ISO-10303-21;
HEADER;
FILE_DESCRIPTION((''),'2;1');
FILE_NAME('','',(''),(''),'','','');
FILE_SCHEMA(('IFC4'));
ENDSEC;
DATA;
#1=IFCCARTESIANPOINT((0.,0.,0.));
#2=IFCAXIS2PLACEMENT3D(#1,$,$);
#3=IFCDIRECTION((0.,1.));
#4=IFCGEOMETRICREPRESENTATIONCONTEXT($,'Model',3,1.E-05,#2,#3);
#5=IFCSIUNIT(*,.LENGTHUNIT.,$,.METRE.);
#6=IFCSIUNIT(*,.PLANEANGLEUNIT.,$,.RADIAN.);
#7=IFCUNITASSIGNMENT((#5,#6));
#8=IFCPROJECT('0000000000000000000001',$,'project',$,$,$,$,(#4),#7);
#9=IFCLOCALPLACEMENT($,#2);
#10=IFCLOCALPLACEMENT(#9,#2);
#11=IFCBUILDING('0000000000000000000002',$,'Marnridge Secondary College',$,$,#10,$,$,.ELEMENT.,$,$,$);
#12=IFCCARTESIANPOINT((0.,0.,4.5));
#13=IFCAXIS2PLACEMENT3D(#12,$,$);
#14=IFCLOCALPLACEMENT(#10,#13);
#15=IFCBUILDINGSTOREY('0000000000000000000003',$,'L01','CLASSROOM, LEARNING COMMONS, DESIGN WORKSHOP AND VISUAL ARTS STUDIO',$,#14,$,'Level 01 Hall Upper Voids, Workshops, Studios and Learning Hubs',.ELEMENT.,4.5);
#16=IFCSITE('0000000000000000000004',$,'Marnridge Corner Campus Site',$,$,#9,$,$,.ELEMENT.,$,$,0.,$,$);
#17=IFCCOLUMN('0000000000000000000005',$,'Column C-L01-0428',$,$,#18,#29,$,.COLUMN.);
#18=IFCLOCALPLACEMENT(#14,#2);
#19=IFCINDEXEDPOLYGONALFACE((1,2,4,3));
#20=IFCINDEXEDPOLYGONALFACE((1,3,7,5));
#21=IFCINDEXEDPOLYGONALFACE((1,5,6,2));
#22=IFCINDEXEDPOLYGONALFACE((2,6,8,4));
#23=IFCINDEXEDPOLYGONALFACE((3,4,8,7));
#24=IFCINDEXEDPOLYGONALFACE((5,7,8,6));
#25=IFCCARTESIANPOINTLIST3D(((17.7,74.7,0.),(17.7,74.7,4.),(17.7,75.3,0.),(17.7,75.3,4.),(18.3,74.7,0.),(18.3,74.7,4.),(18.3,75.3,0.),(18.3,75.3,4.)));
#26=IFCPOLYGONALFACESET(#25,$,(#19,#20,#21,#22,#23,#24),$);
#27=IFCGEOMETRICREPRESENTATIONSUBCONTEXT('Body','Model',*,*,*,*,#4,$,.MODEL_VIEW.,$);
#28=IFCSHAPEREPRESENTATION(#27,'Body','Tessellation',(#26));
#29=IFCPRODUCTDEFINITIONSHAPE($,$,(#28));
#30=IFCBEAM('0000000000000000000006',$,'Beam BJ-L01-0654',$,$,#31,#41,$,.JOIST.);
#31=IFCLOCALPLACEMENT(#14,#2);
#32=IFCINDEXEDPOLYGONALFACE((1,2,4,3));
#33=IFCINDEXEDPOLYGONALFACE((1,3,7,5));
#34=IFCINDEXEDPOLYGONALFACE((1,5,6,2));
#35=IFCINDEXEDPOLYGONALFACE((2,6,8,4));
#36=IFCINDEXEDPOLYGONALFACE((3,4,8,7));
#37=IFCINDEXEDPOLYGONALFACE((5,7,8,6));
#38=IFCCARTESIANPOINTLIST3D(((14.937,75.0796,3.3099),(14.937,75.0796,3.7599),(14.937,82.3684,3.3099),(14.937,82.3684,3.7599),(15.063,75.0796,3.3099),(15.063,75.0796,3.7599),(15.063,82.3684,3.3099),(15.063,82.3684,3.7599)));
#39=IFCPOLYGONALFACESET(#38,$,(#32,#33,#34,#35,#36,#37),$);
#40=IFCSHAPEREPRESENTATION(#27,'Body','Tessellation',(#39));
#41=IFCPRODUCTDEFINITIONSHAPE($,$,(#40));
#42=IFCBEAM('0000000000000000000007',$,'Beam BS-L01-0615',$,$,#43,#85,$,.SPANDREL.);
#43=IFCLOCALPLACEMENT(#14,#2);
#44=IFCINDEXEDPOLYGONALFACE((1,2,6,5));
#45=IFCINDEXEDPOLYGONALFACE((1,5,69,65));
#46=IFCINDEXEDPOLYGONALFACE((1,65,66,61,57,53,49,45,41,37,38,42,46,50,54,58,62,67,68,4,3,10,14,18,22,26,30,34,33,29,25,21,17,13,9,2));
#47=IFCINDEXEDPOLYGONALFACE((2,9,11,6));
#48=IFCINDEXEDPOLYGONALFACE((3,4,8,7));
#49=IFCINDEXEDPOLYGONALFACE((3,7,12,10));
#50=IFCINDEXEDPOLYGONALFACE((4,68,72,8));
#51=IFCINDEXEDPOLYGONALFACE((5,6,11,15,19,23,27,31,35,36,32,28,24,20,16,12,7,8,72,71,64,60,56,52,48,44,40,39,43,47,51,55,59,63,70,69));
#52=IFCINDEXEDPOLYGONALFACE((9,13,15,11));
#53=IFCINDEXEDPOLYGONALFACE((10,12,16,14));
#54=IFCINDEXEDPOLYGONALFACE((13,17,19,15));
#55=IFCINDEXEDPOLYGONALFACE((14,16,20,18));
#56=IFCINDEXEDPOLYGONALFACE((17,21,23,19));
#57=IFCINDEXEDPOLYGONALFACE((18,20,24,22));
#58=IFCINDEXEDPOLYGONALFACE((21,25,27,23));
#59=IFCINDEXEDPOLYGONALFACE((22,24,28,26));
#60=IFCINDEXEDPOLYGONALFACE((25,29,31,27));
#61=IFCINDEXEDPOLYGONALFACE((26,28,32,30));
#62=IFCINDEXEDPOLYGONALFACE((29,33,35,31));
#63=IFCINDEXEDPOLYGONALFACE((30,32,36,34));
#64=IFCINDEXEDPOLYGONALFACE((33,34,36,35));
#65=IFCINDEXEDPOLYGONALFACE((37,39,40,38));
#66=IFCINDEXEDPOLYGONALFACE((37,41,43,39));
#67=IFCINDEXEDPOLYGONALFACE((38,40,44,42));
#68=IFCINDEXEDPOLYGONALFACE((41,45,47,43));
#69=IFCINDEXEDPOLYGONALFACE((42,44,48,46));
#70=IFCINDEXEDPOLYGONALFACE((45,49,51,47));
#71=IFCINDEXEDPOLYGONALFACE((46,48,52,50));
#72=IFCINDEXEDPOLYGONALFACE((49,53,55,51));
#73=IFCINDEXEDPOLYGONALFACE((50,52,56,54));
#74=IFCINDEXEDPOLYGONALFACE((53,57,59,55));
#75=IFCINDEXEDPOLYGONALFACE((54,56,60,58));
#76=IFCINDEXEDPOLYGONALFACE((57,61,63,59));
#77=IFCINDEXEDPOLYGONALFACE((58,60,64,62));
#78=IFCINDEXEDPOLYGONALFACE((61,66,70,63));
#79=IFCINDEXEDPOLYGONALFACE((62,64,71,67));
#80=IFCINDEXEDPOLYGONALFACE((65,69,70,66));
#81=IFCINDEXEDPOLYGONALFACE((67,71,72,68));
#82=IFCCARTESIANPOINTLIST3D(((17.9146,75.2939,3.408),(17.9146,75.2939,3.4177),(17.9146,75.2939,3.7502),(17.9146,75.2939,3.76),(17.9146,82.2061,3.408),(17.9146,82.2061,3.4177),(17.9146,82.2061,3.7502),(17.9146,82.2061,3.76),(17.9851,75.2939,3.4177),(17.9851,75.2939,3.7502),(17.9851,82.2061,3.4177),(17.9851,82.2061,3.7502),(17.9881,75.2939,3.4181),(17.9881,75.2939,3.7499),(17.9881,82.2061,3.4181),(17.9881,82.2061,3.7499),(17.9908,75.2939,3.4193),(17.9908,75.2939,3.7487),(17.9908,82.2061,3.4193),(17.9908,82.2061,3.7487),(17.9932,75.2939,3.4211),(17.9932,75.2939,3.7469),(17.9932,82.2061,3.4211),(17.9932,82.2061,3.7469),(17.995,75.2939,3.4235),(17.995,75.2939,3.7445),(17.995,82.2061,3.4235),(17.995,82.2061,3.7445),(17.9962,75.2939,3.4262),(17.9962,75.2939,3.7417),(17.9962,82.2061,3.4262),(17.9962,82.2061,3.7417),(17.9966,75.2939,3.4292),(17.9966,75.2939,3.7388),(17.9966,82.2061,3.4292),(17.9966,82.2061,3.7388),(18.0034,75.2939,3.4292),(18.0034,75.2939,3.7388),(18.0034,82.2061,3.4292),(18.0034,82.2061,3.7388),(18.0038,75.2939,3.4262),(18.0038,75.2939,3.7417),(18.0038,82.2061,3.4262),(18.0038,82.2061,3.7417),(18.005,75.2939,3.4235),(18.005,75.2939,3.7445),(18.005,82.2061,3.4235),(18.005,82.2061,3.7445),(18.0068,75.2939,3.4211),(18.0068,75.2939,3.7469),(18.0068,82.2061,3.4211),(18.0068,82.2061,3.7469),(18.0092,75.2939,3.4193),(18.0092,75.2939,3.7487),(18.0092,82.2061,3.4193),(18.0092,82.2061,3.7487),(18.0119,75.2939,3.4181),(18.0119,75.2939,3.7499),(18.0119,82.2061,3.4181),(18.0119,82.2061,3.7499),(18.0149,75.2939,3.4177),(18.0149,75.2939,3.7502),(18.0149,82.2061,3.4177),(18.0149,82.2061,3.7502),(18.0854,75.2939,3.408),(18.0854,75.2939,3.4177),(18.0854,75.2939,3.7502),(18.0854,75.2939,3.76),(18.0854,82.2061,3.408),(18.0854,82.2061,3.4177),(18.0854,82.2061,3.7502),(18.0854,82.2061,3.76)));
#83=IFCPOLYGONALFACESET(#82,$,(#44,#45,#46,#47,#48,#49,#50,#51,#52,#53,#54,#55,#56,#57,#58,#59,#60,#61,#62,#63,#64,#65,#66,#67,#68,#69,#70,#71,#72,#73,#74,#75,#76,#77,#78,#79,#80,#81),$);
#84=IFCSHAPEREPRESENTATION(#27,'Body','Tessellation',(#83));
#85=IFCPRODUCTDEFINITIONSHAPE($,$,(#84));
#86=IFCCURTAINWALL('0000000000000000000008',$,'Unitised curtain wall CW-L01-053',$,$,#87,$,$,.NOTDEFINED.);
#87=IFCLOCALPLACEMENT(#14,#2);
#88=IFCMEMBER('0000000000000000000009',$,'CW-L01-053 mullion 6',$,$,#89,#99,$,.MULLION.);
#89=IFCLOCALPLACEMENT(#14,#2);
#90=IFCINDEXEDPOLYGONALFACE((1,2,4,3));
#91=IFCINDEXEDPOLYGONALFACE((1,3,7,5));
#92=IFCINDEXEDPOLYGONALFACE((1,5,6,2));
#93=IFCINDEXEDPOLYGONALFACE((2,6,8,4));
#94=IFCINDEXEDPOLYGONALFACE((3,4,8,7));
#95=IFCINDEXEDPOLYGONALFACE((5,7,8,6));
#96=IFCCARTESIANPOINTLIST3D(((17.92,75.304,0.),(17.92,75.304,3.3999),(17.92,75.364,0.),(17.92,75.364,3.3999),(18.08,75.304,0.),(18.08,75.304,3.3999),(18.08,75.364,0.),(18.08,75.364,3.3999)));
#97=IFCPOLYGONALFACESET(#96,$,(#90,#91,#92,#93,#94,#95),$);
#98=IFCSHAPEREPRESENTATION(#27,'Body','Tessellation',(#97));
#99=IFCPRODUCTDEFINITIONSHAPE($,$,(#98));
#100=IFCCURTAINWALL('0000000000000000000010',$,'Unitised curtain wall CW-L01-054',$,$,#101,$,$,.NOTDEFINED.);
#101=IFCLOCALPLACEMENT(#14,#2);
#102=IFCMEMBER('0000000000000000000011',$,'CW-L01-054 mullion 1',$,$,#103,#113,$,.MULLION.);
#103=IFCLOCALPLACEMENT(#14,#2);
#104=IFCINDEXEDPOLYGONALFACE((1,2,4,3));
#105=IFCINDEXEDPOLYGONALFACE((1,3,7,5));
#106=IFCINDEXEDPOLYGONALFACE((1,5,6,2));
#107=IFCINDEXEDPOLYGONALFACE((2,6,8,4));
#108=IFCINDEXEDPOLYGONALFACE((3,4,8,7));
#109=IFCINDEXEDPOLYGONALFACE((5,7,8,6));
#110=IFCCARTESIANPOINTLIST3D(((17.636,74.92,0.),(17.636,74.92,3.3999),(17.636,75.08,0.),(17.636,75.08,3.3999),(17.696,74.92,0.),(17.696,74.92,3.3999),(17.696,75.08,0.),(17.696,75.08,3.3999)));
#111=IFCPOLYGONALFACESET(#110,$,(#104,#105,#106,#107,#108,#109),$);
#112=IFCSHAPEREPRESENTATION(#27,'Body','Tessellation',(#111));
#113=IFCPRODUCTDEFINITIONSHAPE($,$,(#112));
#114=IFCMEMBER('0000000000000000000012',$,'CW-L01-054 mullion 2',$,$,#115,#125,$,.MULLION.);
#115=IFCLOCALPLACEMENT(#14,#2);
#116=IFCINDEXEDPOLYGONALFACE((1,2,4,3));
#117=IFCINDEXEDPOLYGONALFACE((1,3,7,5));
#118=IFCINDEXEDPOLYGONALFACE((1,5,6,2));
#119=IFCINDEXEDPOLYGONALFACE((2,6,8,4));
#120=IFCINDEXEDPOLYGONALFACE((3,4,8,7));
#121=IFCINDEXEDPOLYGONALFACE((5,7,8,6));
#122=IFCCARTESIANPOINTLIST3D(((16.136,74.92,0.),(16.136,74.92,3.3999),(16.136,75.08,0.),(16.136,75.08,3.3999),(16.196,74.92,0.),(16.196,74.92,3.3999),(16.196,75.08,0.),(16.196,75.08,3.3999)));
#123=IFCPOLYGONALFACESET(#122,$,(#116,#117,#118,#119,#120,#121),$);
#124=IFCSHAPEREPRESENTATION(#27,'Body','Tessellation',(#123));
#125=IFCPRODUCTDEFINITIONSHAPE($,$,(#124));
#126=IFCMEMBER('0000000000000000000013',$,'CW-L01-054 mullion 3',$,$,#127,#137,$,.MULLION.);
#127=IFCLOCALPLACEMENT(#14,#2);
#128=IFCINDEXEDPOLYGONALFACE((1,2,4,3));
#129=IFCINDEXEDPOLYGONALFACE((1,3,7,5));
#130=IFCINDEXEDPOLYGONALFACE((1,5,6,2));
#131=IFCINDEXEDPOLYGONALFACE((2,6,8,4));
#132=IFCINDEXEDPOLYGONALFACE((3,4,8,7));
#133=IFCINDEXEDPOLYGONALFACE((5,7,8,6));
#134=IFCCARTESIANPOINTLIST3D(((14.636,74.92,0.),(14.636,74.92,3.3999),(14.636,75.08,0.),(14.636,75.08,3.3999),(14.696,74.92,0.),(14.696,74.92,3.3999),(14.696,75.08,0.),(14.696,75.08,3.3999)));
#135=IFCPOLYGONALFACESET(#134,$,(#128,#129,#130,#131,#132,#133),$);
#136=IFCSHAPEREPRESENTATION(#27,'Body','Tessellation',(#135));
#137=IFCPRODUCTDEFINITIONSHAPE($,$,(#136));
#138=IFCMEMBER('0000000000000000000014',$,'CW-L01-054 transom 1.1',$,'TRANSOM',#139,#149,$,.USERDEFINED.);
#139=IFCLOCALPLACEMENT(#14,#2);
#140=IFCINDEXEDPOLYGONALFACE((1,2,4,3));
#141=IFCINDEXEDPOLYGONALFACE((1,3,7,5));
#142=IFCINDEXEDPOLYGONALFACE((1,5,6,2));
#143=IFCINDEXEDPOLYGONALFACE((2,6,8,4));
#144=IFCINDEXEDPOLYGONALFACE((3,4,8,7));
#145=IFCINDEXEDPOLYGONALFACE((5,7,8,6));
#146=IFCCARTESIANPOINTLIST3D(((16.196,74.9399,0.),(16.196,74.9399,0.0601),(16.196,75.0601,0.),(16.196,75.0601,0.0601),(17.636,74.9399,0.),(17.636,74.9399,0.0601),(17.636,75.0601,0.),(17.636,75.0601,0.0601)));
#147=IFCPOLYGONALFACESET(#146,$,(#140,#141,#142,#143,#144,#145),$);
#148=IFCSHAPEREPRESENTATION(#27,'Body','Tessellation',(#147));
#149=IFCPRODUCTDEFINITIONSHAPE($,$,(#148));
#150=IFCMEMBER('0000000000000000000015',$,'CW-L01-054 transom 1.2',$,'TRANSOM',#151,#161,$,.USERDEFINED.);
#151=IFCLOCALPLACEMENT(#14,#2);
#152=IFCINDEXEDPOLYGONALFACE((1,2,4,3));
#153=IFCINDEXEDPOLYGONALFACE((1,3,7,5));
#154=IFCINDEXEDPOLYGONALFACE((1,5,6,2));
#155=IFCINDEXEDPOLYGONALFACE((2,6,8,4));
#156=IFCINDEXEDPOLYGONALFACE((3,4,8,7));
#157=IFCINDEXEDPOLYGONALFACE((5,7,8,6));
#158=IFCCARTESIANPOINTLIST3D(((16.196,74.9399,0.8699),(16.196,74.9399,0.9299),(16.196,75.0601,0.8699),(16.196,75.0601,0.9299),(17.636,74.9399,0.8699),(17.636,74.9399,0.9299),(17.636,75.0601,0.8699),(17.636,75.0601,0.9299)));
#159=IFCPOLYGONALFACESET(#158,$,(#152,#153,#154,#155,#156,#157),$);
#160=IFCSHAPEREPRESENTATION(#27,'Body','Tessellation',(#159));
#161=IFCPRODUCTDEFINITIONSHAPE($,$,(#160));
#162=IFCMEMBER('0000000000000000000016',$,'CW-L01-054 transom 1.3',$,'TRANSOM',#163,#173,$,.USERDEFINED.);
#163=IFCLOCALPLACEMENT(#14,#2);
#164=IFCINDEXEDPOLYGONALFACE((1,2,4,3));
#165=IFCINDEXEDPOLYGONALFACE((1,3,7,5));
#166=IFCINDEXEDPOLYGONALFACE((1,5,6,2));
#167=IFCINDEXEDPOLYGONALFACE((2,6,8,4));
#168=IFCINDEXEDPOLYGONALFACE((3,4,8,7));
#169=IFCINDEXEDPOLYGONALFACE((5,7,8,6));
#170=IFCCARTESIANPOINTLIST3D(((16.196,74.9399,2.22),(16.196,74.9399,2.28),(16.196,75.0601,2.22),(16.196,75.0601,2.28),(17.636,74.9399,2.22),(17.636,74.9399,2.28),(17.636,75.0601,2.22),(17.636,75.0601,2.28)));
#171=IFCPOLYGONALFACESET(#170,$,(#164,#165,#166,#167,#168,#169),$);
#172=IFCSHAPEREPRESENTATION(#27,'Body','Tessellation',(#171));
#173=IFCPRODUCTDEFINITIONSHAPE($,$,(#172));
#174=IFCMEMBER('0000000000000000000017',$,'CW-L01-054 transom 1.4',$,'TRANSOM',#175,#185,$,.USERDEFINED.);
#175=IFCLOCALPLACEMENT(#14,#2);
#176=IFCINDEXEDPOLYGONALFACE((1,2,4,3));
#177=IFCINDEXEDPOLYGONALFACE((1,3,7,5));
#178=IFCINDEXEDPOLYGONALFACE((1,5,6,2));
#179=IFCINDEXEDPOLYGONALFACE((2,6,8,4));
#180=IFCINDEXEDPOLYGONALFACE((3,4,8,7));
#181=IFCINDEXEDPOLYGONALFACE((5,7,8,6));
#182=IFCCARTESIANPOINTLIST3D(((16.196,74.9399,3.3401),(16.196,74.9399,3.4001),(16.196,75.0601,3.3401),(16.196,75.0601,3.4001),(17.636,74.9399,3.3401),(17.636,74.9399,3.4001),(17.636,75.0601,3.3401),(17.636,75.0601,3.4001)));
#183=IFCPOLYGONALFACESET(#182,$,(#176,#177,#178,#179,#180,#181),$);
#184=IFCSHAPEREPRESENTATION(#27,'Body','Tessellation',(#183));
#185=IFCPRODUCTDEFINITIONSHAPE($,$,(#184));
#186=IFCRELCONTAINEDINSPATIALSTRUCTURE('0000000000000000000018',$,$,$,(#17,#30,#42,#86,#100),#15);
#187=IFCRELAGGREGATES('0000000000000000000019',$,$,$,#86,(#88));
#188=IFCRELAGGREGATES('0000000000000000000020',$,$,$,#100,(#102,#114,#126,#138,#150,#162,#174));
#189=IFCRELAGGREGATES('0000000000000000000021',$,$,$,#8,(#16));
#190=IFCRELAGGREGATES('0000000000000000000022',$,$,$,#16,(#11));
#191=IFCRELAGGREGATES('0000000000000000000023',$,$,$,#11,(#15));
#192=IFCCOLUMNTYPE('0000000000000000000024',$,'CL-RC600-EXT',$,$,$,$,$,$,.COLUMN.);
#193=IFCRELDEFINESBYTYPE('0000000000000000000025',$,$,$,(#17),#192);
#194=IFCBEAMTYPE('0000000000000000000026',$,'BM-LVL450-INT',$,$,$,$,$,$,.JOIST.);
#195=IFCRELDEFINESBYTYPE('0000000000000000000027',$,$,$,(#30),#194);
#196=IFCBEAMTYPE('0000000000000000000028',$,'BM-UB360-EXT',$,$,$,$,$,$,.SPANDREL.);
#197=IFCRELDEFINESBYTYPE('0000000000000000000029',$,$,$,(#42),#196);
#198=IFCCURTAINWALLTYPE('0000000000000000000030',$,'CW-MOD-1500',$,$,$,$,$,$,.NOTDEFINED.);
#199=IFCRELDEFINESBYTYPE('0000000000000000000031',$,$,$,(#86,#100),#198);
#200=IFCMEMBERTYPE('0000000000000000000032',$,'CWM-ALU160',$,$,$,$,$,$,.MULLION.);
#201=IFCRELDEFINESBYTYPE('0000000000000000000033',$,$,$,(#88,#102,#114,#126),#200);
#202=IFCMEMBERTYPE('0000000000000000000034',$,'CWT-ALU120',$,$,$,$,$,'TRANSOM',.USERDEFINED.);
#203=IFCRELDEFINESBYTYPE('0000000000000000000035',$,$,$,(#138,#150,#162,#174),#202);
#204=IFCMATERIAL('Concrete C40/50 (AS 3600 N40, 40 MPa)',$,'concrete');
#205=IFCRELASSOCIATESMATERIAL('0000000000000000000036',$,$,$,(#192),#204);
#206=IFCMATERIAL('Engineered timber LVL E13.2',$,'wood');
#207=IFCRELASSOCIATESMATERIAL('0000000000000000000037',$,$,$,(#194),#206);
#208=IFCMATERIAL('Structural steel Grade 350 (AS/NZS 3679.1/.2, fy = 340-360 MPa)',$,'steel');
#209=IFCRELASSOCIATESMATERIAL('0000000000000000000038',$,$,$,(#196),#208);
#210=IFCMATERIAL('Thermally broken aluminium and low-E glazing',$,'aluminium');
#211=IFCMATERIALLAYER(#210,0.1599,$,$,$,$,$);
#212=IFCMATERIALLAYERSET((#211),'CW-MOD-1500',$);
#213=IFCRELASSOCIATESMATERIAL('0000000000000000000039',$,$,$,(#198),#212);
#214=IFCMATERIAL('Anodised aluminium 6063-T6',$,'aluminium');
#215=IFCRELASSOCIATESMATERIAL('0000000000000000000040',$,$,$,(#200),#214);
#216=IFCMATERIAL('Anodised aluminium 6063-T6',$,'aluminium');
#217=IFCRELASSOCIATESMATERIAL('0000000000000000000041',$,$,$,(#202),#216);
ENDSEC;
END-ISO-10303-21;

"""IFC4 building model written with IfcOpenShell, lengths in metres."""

from ifc_helpers import new_model, si_unit, direction, frame, origin, origin_2d, place, context, subcontext, project, spatial, rectangle, i_section, extrude, material, layer, layer_set, material_profile, profile_set, type_object, element, aggregate, save


model = new_model("IFC4")

# Units and contexts
model_context = context("Model", 3, precision=1e-05, world=origin(), true_north=direction((0.0, 1.0)))
body_context = subcontext(model_context, "Body", "Model", "MODEL_VIEW")
ifc_project = project(units=[si_unit("LENGTHUNIT", "METRE"), si_unit("PLANEANGLEUNIT", "RADIAN")], contexts=[model_context])

# Site, building, storey
site_placement = place(None, origin())
site = spatial("IfcSite", under=ifc_project, at=site_placement, Name="Marnridge Corner Campus Site", CompositionType="ELEMENT", RefElevation=0.0)
building_placement = place(site_placement, origin())
building = spatial("IfcBuilding", under=site, at=building_placement, Name="Marnridge Secondary College", CompositionType="ELEMENT")
storey_placement = place(building_placement, frame((0.0, 0.0, 4.5)))
storey = spatial("IfcBuildingStorey", under=building, at=storey_placement, Name="L01", Description="CLASSROOM, LEARNING COMMONS, DESIGN WORKSHOP AND VISUAL ARTS STUDIO", LongName="Level 01 Hall Upper Voids, Workshops, Studios and Learning Hubs", CompositionType="ELEMENT", Elevation=4.5)

# Column
ifc_material_1 = material(Name="Concrete C40/50 (AS 3600 N40, 40 MPa)", Category="concrete")
ifc_material_profile_1 = material_profile(ifc_material_1, rectangle(XDim=0.6001, YDim=0.6001, at=origin_2d()), Name="RC 600x600")
ifc_profile_set_1 = profile_set([ifc_material_profile_1], Name="Concrete C40/50 (AS 3600 N40, 40 MPa)")
column_type = type_object("IfcColumnType", Name="CL-RC600-EXT", PredefinedType="COLUMN", material=ifc_profile_set_1)
column_placement = place(storey_placement, frame((18.0, 75.0, 0.0), z_axis=(0.0, 0.0, 1.0), x_axis=(1.0, 0.0, 0.0)))
element("IfcColumn", 1, at=column_placement, inside=storey, type_object=column_type, Name="Column C-L01-0428", PredefinedType="COLUMN", context=body_context, shape_type="SweptSolid", body=[
    extrude(rectangle(XDim=0.6001, YDim=0.6001, at=origin_2d()), origin(), (0.0, 0.0, 1.0), 4.0),
])

# Beams
ifc_material_2 = material(Name="Engineered timber LVL E13.2", Category="wood")
ifc_material_profile_2 = material_profile(ifc_material_2, rectangle(XDim=0.126, YDim=0.45, at=origin_2d()), Name="LVL 126x450")
ifc_profile_set_2 = profile_set([ifc_material_profile_2], Name="Engineered timber LVL E13.2")
beam_type_1 = type_object("IfcBeamType", Name="BM-LVL450-INT", PredefinedType="JOIST", material=ifc_profile_set_2)
beam_1_placement = place(storey_placement, frame((15.0, 75.0796, 3.5349), z_axis=(0.0, 1.0, 0.0), x_axis=(-1.0, 0.0, 0.0)))
element("IfcBeam", 2, at=beam_1_placement, inside=storey, type_object=beam_type_1, Name="Beam BJ-L01-0654", PredefinedType="JOIST", context=body_context, shape_type="SweptSolid", body=[
    extrude(rectangle(XDim=0.126, YDim=0.45, at=origin_2d()), origin(), (0.0, 0.0, 1.0), 7.2888),
])
ifc_material_3 = material(Name="Structural steel Grade 350 (AS/NZS 3679.1/.2, fy = 340-360 MPa)", Category="steel")
ifc_material_profile_3 = material_profile(ifc_material_3, i_section(OverallWidth=0.1709, OverallDepth=0.3521, WebThickness=0.0068, FlangeThickness=0.0098, FilletRadius=0.0115, at=origin_2d()), Name="360UB44.7")
ifc_profile_set_3 = profile_set([ifc_material_profile_3], Name="Structural steel Grade 350 (AS/NZS 3679.1/.2, fy = 340-360 MPa)")
beam_type_2 = type_object("IfcBeamType", Name="BM-UB360-EXT", PredefinedType="SPANDREL", material=ifc_profile_set_3)
beam_2_placement = place(storey_placement, frame((18.0, 75.2939, 3.584), z_axis=(0.0, 1.0, 0.0), x_axis=(-1.0, 0.0, 0.0)))
element("IfcBeam", 3, at=beam_2_placement, inside=storey, type_object=beam_type_2, Name="Beam BS-L01-0615", PredefinedType="SPANDREL", context=body_context, shape_type="SweptSolid", body=[
    extrude(i_section(OverallWidth=0.1709, OverallDepth=0.3521, WebThickness=0.0068, FlangeThickness=0.0098, FilletRadius=0.0115, at=origin_2d()), origin(), (0.0, 0.0, 1.0), 6.9121),
])

# Curtain wall, member
ifc_material_4 = material(Name="Thermally broken aluminium and low-E glazing", Category="aluminium")
ifc_layer_1 = layer(ifc_material_4, 0.1599)
ifc_layer_set_1 = layer_set([ifc_layer_1], Name="CW-MOD-1500")
curtain_wall_type = type_object("IfcCurtainWallType", Name="CW-MOD-1500", PredefinedType="NOTDEFINED", material=ifc_layer_set_1)
curtain_wall_1_placement = place(storey_placement, origin())
curtain_wall_1 = element("IfcCurtainWall", 4, at=curtain_wall_1_placement, inside=storey, type_object=curtain_wall_type, Name="Unitised curtain wall CW-L01-053", PredefinedType="NOTDEFINED")
ifc_material_5 = material(Name="Anodised aluminium 6063-T6", Category="aluminium")
ifc_material_profile_4 = material_profile(ifc_material_5, rectangle(XDim=0.0601, YDim=0.1599, at=origin_2d()), Name="ALU 60x160")
ifc_profile_set_4 = profile_set([ifc_material_profile_4], Name="Anodised aluminium 6063-T6")
member_type_1 = type_object("IfcMemberType", Name="CWM-ALU160", PredefinedType="MULLION", material=ifc_profile_set_4)
member_1_placement = place(storey_placement, frame((18.0, 75.334, 0.0), z_axis=(0.0, 0.0, 1.0), x_axis=(0.0, -1.0, 0.0)))
member_1 = element("IfcMember", 5, at=member_1_placement, type_object=member_type_1, Name="CW-L01-053 mullion 6", PredefinedType="MULLION", context=body_context, shape_type="SweptSolid", body=[
    extrude(rectangle(XDim=0.0601, YDim=0.1599, at=origin_2d()), origin(), (0.0, 0.0, 1.0), 3.3999),
])

# Curtain wall, members
curtain_wall_2_placement = place(storey_placement, origin())
curtain_wall_2 = element("IfcCurtainWall", 6, at=curtain_wall_2_placement, inside=storey, type_object=curtain_wall_type, Name="Unitised curtain wall CW-L01-054", PredefinedType="NOTDEFINED")
member_2_placement = place(storey_placement, frame((17.666, 75.0, 0.0), z_axis=(0.0, 0.0, 1.0), x_axis=(-1.0, 0.0, 0.0)))
member_2 = element("IfcMember", 7, at=member_2_placement, type_object=member_type_1, Name="CW-L01-054 mullion 1", PredefinedType="MULLION", context=body_context, shape_type="SweptSolid", body=[
    extrude(rectangle(XDim=0.0601, YDim=0.1599, at=origin_2d()), origin(), (0.0, 0.0, 1.0), 3.3999),
])
member_3_placement = place(storey_placement, frame((16.166, 75.0, 0.0), z_axis=(0.0, 0.0, 1.0), x_axis=(-1.0, 0.0, 0.0)))
member_3 = element("IfcMember", 8, at=member_3_placement, type_object=member_type_1, Name="CW-L01-054 mullion 2", PredefinedType="MULLION", context=body_context, shape_type="SweptSolid", body=[
    extrude(rectangle(XDim=0.0601, YDim=0.1599, at=origin_2d()), origin(), (0.0, 0.0, 1.0), 3.3999),
])
member_4_placement = place(storey_placement, frame((14.666, 75.0, 0.0), z_axis=(0.0, 0.0, 1.0), x_axis=(-1.0, 0.0, 0.0)))
member_4 = element("IfcMember", 9, at=member_4_placement, type_object=member_type_1, Name="CW-L01-054 mullion 3", PredefinedType="MULLION", context=body_context, shape_type="SweptSolid", body=[
    extrude(rectangle(XDim=0.0601, YDim=0.1599, at=origin_2d()), origin(), (0.0, 0.0, 1.0), 3.3999),
])
ifc_material_6 = material(Name="Anodised aluminium 6063-T6", Category="aluminium")
ifc_material_profile_5 = material_profile(ifc_material_6, rectangle(XDim=0.0601, YDim=0.1201, at=origin_2d()), Name="ALU 60x120")
ifc_profile_set_5 = profile_set([ifc_material_profile_5], Name="Anodised aluminium 6063-T6")
member_type_2 = type_object("IfcMemberType", Name="CWT-ALU120", ElementType="TRANSOM", PredefinedType="USERDEFINED", material=ifc_profile_set_5)
member_5_placement = place(storey_placement, frame((17.636, 75.0, 0.03), z_axis=(-1.0, 0.0, 0.0), x_axis=(0.0, 0.0, 1.0)))
member_5 = element("IfcMember", 10, at=member_5_placement, type_object=member_type_2, Name="CW-L01-054 transom 1.1", ObjectType="TRANSOM", PredefinedType="USERDEFINED", context=body_context, shape_type="SweptSolid", body=[
    extrude(rectangle(XDim=0.0601, YDim=0.1201, at=origin_2d()), origin(), (0.0, 0.0, 1.0), 1.4399),
])
member_6_placement = place(storey_placement, frame((17.636, 75.0, 0.8999), z_axis=(-1.0, 0.0, 0.0), x_axis=(0.0, 0.0, 1.0)))
member_6 = element("IfcMember", 11, at=member_6_placement, type_object=member_type_2, Name="CW-L01-054 transom 1.2", ObjectType="TRANSOM", PredefinedType="USERDEFINED", context=body_context, shape_type="SweptSolid", body=[
    extrude(rectangle(XDim=0.0601, YDim=0.1201, at=origin_2d()), origin(), (0.0, 0.0, 1.0), 1.4399),
])
member_7_placement = place(storey_placement, frame((17.636, 75.0, 2.25), z_axis=(-1.0, 0.0, 0.0), x_axis=(0.0, 0.0, 1.0)))
member_7 = element("IfcMember", 12, at=member_7_placement, type_object=member_type_2, Name="CW-L01-054 transom 1.3", ObjectType="TRANSOM", PredefinedType="USERDEFINED", context=body_context, shape_type="SweptSolid", body=[
    extrude(rectangle(XDim=0.0601, YDim=0.1201, at=origin_2d()), origin(), (0.0, 0.0, 1.0), 1.4399),
])
member_8_placement = place(storey_placement, frame((17.636, 75.0, 3.3701), z_axis=(-1.0, 0.0, 0.0), x_axis=(0.0, 0.0, 1.0)))
member_8 = element("IfcMember", 13, at=member_8_placement, type_object=member_type_2, Name="CW-L01-054 transom 1.4", ObjectType="TRANSOM", PredefinedType="USERDEFINED", context=body_context, shape_type="SweptSolid", body=[
    extrude(rectangle(XDim=0.0601, YDim=0.1201, at=origin_2d()), origin(), (0.0, 0.0, 1.0), 1.4399),
])

aggregate(curtain_wall_1, [member_1])
aggregate(curtain_wall_2, [member_2, member_3, member_4, member_5, member_6, member_7, member_8])

save(model, "model.ifc")
